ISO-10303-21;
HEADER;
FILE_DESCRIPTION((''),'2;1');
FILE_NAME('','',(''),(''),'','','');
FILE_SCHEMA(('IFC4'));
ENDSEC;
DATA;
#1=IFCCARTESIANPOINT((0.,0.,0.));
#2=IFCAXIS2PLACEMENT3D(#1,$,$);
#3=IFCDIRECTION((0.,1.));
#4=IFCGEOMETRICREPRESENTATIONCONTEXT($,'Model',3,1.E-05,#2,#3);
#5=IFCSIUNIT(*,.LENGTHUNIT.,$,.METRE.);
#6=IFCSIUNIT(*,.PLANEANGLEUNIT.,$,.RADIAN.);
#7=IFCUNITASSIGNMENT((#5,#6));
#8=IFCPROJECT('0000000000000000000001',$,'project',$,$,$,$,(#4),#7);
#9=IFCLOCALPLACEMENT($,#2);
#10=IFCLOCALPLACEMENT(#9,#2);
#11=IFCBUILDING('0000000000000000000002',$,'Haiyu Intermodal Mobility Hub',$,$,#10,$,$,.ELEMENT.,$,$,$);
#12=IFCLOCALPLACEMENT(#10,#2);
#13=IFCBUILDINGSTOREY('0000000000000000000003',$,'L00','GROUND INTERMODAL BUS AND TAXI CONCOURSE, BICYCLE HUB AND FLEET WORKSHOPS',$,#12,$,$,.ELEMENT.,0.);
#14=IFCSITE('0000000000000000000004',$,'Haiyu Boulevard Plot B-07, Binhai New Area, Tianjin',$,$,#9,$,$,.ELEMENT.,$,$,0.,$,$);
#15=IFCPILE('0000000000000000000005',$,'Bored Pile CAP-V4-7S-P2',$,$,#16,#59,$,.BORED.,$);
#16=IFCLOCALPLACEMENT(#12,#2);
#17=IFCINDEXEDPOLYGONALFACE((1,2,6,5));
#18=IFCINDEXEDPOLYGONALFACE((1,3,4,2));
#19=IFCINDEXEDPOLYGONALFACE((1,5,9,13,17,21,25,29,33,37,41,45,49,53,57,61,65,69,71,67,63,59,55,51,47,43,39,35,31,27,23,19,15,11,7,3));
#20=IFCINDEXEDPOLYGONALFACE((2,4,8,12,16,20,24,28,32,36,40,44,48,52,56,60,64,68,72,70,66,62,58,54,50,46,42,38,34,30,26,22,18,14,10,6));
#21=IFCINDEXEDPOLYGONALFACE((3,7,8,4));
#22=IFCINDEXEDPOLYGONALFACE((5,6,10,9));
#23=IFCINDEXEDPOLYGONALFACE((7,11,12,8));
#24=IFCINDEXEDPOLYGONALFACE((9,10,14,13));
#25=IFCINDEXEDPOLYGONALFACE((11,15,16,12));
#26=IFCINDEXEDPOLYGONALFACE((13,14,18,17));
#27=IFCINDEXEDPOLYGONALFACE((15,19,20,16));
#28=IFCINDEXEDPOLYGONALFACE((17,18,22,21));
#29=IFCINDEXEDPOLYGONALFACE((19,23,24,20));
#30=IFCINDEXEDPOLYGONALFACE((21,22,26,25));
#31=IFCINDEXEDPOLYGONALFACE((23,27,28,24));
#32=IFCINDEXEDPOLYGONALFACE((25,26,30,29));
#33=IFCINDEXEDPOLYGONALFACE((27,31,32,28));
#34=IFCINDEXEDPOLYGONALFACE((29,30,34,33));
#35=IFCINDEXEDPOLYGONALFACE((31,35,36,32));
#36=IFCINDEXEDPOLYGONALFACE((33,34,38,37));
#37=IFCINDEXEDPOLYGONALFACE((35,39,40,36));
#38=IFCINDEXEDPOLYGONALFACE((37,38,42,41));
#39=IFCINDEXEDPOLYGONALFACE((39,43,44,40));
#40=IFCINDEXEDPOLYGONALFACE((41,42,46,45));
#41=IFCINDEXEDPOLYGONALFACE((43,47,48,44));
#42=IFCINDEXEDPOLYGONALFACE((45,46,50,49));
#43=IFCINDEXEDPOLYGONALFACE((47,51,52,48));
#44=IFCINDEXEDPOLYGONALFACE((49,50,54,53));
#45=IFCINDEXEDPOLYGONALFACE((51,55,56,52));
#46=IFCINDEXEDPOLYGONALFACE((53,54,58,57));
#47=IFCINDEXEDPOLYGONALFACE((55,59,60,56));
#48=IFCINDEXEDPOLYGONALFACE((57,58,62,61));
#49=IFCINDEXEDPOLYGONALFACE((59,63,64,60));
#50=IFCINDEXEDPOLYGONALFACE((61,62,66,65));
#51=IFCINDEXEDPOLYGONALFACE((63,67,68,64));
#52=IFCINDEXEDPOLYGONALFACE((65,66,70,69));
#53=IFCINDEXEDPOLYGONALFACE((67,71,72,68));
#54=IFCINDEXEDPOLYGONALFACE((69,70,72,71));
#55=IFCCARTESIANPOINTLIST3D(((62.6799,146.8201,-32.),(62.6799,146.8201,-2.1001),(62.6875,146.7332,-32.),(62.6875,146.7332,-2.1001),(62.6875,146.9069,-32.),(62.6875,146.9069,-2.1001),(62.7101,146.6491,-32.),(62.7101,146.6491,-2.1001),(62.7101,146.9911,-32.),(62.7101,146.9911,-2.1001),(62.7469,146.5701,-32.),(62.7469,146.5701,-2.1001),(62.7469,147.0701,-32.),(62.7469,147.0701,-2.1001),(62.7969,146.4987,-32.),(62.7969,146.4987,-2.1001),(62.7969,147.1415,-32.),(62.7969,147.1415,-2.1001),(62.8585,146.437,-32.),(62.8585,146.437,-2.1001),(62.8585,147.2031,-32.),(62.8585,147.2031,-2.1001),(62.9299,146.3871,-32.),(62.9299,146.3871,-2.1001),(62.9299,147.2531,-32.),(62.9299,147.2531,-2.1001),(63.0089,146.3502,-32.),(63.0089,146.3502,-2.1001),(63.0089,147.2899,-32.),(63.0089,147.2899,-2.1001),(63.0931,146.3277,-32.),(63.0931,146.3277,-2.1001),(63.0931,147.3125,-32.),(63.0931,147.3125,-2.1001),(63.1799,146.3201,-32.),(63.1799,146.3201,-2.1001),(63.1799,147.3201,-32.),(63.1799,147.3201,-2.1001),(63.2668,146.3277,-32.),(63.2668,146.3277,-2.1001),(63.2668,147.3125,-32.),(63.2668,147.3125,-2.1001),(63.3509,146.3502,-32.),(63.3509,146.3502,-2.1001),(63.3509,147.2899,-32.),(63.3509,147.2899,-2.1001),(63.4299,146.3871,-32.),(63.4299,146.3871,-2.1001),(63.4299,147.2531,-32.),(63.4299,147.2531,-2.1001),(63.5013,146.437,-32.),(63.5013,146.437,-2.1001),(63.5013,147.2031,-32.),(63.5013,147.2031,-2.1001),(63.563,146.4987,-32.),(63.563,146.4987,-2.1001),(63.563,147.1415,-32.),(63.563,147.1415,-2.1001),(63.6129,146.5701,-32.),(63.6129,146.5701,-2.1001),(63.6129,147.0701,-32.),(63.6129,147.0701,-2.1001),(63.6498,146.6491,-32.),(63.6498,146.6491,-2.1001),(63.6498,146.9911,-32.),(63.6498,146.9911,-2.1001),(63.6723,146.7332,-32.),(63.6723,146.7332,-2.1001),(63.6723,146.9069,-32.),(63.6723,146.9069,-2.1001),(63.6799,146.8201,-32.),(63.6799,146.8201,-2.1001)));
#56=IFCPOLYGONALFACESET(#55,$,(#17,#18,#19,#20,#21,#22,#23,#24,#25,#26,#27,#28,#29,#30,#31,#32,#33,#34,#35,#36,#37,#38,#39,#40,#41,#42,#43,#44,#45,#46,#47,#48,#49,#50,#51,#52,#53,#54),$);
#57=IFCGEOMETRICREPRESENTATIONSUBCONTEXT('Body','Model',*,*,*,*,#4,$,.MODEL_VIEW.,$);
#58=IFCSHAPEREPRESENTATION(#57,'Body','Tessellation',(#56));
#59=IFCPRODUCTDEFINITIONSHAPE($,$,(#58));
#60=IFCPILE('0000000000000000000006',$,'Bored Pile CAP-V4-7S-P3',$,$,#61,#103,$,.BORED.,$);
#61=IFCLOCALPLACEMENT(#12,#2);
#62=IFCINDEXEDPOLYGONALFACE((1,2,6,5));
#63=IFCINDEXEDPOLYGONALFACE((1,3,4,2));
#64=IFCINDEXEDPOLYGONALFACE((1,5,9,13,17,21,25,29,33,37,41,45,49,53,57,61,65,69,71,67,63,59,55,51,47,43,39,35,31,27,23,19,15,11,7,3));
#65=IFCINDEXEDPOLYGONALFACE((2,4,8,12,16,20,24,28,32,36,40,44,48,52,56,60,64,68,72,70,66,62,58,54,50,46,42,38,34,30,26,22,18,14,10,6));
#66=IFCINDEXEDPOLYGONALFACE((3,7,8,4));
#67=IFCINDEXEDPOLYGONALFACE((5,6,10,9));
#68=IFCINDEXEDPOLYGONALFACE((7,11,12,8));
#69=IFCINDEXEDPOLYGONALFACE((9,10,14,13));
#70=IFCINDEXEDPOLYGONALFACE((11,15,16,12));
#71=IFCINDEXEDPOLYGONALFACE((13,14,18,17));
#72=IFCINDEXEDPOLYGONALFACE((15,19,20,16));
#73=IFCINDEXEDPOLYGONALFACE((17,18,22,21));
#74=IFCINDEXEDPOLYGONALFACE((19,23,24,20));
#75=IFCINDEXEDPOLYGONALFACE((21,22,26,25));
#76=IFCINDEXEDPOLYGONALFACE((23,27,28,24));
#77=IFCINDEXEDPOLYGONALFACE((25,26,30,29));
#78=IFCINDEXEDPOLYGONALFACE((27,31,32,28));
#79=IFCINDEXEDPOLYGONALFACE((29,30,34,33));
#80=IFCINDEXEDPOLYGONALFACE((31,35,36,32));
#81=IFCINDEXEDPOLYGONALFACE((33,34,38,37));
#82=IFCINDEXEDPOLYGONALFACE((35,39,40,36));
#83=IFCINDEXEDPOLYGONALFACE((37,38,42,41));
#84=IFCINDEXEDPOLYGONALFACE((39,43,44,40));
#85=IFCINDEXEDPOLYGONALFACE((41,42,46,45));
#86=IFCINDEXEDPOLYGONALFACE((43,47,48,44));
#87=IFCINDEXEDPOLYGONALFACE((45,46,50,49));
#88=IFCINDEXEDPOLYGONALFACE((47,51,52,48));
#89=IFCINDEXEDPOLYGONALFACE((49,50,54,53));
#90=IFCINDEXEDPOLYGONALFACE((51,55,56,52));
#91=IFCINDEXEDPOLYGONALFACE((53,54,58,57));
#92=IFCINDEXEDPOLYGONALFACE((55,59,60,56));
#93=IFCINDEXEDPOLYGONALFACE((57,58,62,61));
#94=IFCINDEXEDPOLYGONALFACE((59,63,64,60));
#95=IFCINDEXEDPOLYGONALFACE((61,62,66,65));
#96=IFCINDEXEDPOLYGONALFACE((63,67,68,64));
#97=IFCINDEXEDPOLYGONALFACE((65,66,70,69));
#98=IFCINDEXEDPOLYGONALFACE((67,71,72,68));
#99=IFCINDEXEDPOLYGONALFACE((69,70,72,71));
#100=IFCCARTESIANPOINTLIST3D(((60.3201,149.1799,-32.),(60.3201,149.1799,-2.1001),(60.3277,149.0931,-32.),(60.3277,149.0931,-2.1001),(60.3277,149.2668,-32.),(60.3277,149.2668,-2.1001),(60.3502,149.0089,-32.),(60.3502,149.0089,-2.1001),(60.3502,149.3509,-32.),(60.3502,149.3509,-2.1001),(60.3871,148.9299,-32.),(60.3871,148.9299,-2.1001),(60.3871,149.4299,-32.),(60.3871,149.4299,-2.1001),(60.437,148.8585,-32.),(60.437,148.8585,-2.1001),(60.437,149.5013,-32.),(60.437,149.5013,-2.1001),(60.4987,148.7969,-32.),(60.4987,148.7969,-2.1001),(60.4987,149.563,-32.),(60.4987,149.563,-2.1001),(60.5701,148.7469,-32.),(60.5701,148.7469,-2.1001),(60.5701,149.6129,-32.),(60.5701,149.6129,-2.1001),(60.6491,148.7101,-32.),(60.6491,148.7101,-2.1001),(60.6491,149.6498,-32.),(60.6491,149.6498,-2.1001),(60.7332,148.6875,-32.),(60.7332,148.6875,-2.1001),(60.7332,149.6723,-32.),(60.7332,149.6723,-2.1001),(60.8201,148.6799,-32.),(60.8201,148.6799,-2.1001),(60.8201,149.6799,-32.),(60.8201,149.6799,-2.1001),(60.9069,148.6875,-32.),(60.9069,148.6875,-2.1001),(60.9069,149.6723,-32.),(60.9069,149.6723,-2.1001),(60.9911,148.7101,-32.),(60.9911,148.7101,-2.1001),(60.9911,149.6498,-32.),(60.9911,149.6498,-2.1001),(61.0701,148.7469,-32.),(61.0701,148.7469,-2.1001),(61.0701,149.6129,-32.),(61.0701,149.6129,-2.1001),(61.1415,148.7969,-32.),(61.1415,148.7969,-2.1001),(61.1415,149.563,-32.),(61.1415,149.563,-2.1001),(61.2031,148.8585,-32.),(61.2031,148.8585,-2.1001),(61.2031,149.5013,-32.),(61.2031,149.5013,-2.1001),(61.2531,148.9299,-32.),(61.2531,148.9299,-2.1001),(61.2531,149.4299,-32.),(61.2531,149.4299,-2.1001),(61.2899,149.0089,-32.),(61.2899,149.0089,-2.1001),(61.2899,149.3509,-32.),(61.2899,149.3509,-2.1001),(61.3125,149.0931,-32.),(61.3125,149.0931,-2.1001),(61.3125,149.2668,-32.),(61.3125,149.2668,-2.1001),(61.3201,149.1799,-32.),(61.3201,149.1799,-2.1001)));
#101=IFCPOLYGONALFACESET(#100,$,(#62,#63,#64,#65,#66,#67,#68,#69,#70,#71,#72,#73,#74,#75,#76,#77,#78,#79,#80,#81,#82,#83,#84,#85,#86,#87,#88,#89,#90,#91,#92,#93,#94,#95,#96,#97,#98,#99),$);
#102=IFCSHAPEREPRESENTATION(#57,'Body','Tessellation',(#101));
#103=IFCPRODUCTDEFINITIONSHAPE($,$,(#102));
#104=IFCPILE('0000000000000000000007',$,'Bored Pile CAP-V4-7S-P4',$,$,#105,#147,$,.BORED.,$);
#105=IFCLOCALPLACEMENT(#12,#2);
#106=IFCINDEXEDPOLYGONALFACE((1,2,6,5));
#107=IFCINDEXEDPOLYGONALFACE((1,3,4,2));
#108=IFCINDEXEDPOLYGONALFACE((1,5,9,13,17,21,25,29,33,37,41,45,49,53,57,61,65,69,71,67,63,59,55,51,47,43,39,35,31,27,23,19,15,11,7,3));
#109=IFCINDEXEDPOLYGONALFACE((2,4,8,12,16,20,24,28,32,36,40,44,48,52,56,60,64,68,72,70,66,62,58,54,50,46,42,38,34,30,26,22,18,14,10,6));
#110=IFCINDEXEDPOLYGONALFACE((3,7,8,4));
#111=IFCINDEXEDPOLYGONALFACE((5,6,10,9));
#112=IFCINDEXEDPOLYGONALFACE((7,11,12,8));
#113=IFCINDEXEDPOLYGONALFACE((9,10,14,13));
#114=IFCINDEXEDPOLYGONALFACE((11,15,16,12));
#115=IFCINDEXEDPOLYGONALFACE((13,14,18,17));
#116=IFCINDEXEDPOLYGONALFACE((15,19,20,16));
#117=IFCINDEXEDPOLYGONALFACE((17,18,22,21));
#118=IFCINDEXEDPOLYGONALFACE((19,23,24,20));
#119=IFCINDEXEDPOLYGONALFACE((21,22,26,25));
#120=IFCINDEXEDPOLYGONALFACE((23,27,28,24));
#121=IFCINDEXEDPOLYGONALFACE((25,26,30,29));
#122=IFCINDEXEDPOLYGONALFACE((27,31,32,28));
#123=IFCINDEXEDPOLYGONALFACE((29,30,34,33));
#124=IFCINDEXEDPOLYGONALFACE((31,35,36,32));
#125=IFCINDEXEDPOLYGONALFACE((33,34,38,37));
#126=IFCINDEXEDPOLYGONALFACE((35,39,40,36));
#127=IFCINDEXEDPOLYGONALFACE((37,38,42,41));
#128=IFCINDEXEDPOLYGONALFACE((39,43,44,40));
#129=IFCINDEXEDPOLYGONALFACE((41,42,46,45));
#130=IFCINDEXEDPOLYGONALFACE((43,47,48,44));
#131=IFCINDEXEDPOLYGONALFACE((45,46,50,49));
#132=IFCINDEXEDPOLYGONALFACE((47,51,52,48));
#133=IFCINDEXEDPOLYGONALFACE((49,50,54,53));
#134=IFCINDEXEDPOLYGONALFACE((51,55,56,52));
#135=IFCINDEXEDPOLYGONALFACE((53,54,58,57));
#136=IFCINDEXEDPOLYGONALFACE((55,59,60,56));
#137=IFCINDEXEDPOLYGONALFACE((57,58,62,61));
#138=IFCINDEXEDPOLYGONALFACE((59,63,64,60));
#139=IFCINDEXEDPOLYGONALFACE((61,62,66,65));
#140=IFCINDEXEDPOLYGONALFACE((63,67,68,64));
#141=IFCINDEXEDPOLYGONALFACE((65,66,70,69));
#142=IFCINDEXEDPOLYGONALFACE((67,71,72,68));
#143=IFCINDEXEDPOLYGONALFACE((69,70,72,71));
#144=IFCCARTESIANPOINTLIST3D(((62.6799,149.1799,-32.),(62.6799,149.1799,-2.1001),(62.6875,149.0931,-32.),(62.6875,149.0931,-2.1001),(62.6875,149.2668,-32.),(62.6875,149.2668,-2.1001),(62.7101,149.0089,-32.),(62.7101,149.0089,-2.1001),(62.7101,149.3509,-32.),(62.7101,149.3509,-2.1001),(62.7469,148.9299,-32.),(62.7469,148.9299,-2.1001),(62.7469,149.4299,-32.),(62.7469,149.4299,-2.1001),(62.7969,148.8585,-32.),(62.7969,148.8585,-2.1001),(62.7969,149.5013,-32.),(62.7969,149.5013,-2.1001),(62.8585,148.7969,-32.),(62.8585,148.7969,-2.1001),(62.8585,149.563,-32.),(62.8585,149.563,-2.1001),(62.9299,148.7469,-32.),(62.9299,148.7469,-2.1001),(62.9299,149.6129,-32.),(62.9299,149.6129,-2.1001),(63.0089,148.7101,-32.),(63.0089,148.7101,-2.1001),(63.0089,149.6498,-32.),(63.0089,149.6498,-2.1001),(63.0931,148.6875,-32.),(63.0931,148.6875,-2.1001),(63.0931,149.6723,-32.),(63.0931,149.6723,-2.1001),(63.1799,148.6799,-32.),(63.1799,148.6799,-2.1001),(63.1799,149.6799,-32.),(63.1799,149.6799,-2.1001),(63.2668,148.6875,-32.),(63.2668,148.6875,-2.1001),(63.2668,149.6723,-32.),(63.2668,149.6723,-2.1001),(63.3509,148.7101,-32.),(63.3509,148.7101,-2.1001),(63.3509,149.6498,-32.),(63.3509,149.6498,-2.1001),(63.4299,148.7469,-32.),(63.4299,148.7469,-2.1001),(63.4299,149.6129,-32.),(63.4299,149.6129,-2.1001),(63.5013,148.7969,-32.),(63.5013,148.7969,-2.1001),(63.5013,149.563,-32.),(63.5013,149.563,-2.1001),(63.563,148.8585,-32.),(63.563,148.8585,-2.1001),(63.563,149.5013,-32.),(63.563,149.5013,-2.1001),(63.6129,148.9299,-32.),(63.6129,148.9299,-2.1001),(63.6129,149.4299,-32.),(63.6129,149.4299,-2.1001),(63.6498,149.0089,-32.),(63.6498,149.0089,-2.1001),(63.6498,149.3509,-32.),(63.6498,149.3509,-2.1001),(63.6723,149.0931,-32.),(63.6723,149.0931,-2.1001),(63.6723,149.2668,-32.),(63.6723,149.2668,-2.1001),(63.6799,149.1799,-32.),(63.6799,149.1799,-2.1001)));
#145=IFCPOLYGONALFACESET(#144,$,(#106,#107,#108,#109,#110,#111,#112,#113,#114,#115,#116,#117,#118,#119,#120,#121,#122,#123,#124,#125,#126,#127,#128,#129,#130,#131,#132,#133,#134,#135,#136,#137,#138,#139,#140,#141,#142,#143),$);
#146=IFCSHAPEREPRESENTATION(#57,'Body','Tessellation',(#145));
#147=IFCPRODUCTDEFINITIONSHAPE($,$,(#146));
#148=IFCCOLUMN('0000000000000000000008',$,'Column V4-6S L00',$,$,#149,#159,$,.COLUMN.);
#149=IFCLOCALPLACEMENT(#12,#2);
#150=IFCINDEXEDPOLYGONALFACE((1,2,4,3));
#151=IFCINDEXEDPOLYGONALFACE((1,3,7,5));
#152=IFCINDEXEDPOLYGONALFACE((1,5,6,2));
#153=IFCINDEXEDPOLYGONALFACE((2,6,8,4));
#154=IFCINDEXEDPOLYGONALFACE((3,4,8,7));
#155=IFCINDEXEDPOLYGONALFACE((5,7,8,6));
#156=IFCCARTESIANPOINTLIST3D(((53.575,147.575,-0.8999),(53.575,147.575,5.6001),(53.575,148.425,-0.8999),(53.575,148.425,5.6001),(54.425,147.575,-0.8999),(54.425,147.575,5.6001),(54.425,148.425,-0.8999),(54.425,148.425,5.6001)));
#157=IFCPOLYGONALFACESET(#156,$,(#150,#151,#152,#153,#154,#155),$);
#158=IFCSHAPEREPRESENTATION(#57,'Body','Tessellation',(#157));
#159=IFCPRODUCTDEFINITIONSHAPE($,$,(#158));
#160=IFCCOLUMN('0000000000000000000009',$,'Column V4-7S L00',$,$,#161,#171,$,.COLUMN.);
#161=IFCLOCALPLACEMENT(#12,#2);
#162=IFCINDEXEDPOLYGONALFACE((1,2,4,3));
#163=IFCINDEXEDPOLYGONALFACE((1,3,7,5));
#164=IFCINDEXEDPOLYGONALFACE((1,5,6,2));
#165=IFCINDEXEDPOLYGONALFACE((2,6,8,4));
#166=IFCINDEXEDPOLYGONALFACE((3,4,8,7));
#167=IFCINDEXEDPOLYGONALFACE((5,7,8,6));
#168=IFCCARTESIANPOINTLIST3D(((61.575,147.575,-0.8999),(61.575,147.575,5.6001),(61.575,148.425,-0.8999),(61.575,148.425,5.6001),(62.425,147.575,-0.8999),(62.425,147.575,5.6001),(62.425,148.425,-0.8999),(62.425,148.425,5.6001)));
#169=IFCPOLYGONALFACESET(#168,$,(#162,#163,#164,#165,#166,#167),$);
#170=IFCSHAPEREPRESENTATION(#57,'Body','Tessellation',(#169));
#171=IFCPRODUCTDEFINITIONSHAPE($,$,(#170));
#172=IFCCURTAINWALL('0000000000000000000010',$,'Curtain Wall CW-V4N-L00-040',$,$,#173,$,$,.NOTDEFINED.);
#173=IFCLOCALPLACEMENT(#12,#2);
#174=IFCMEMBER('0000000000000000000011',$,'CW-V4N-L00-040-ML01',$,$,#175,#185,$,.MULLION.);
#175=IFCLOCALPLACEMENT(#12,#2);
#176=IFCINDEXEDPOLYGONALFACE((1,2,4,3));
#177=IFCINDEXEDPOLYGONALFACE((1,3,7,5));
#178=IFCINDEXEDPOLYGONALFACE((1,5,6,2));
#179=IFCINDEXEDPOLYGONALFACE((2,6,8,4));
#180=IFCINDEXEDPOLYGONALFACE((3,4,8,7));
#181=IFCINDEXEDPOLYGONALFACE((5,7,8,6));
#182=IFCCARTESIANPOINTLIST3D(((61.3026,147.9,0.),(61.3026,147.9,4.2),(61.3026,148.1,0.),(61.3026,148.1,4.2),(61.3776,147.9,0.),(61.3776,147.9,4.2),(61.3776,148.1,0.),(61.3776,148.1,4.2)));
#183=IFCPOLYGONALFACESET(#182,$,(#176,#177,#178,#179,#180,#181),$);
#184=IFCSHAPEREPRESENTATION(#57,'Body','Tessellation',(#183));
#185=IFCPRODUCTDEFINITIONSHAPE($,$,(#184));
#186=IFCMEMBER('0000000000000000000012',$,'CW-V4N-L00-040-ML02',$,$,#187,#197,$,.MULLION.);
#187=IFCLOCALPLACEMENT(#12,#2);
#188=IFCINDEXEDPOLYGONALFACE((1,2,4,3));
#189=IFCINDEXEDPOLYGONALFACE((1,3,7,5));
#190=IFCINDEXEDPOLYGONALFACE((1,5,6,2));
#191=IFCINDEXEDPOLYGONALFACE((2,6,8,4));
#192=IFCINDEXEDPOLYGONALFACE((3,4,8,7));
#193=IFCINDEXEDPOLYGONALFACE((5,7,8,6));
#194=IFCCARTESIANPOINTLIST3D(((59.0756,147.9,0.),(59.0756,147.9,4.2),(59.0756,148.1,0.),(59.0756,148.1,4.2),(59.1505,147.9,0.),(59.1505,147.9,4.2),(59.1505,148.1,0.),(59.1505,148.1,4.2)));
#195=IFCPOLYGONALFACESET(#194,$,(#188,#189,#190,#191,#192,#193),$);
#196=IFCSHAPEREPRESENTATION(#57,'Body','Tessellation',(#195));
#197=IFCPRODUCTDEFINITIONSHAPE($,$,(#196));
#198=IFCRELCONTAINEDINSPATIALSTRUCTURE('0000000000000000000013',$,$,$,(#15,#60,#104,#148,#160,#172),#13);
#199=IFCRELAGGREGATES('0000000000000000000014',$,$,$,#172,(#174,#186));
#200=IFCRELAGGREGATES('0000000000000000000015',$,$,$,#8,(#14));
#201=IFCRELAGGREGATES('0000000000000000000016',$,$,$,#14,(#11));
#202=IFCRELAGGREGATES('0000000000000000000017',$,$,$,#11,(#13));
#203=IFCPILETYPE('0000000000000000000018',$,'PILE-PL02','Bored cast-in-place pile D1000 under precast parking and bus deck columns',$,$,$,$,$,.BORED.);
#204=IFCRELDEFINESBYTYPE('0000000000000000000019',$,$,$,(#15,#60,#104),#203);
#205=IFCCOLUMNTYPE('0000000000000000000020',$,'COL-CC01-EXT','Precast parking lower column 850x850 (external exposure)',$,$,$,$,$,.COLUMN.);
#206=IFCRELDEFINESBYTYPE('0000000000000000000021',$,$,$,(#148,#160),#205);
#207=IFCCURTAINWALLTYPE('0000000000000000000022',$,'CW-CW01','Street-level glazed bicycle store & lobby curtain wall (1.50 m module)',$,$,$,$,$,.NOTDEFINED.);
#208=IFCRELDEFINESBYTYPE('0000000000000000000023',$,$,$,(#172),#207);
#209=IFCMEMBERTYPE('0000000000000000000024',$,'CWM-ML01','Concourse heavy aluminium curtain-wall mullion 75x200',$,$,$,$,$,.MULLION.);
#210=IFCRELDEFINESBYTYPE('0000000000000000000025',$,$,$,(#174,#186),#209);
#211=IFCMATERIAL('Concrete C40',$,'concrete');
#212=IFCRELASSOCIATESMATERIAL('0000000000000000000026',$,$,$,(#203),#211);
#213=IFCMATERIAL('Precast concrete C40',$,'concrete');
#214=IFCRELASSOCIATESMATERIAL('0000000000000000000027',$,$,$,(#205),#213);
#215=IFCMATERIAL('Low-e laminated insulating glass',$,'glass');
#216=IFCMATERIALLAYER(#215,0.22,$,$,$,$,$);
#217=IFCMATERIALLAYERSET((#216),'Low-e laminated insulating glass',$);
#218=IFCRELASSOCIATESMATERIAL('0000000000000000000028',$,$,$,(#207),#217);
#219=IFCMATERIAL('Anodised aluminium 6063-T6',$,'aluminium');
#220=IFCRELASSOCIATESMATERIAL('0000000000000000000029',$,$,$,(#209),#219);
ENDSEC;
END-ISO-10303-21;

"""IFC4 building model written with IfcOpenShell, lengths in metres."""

from ifc_helpers import new_model, si_unit, direction, frame, origin, origin_2d, place, context, subcontext, project, spatial, rectangle, circle, extrude, material, layer, layer_set, material_profile, profile_set, type_object, element, aggregate, save


model = new_model("IFC4")

# Units and contexts
model_context = context("Model", 3, precision=1e-05, world=origin(), true_north=direction((0.0, 1.0)))
body_context = subcontext(model_context, "Body", "Model", "MODEL_VIEW")
ifc_project = project(units=[si_unit("LENGTHUNIT", "METRE"), si_unit("PLANEANGLEUNIT", "RADIAN")], contexts=[model_context])

# Site, building, storey
site_placement = place(None, origin())
site = spatial("IfcSite", under=ifc_project, at=site_placement, Name="Haiyu Boulevard Plot B-07, Binhai New Area, Tianjin", CompositionType="ELEMENT", RefElevation=0.0)
building_placement = place(site_placement, origin())
building = spatial("IfcBuilding", under=site, at=building_placement, Name="Haiyu Intermodal Mobility Hub", CompositionType="ELEMENT")
storey_placement = place(building_placement, origin())
storey = spatial("IfcBuildingStorey", under=building, at=storey_placement, Name="L00", Description="GROUND INTERMODAL BUS AND TAXI CONCOURSE, BICYCLE HUB AND FLEET WORKSHOPS", CompositionType="ELEMENT", Elevation=0.0)

# Shared definitions
ifc_material_1 = material(Name="Concrete C40", Category="concrete")

# Piles
ifc_material_profile_1 = material_profile(ifc_material_1, circle(Radius=0.5, at=origin_2d()), Name="PILE-D1000")
ifc_profile_set_1 = profile_set([ifc_material_profile_1], Name="Concrete C40")
pile_type = type_object("IfcPileType", Name="PILE-PL02", Description="Bored cast-in-place pile D1000 under precast parking and bus deck columns", PredefinedType="BORED", material=ifc_profile_set_1)
for number, where, z_axis, x_axis, name in (
    (1, (63.1799, 146.8201, -2.1001), (0.0, 0.0, -1.0), (1.0, 0.0, 0.0), "Bored Pile CAP-V4-7S-P2"),
    (2, (60.8201, 149.1799, -2.1001), (0.0, 0.0, -1.0), (1.0, 0.0, 0.0), "Bored Pile CAP-V4-7S-P3"),
    (3, (63.1799, 149.1799, -2.1001), (0.0, 0.0, -1.0), (1.0, 0.0, 0.0), "Bored Pile CAP-V4-7S-P4"),
):
    element("IfcPile", number, at=place(storey_placement, frame(where, z_axis=z_axis, x_axis=x_axis)), inside=storey, type_object=pile_type, Name=name, PredefinedType="BORED", context=body_context, shape_type="SweptSolid", body=[
        extrude(circle(Radius=0.5, at=origin_2d()), origin(), (0.0, 0.0, 1.0), 29.8999),
    ])

# Columns
ifc_material_2 = material(Name="Precast concrete C40", Category="concrete")
ifc_material_profile_2 = material_profile(ifc_material_2, rectangle(XDim=0.8501, YDim=0.8501, at=origin_2d()), Name="RC850x850")
ifc_profile_set_2 = profile_set([ifc_material_profile_2], Name="Precast concrete C40")
column_type = type_object("IfcColumnType", Name="COL-CC01-EXT", Description="Precast parking lower column 850x850 (external exposure)", PredefinedType="COLUMN", material=ifc_profile_set_2)
for number, where, z_axis, x_axis, name in (
    (4, (54.0, 148.0, -0.8999), (0.0, 0.0, 1.0), (1.0, 0.0, 0.0), "Column V4-6S L00"),
    (5, (62.0, 148.0, -0.8999), (0.0, 0.0, 1.0), (1.0, 0.0, 0.0), "Column V4-7S L00"),
):
    element("IfcColumn", number, at=place(storey_placement, frame(where, z_axis=z_axis, x_axis=x_axis)), inside=storey, type_object=column_type, Name=name, PredefinedType="COLUMN", context=body_context, shape_type="SweptSolid", body=[
        extrude(rectangle(XDim=0.8501, YDim=0.8501, at=origin_2d()), origin(), (0.0, 0.0, 1.0), 6.5),
    ])

# Curtain wall, members
ifc_material_3 = material(Name="Low-e laminated insulating glass", Category="glass")
ifc_layer_1 = layer(ifc_material_3, 0.22)
ifc_layer_set_1 = layer_set([ifc_layer_1], Name="Low-e laminated insulating glass")
curtain_wall_type = type_object("IfcCurtainWallType", Name="CW-CW01", Description="Street-level glazed bicycle store & lobby curtain wall (1.50 m module)", PredefinedType="NOTDEFINED", material=ifc_layer_set_1)
curtain_wall_1_placement = place(storey_placement, origin())
curtain_wall_1 = element("IfcCurtainWall", 6, at=curtain_wall_1_placement, inside=storey, type_object=curtain_wall_type, Name="Curtain Wall CW-V4N-L00-040", PredefinedType="NOTDEFINED")
ifc_material_4 = material(Name="Anodised aluminium 6063-T6", Category="aluminium")
ifc_material_profile_3 = material_profile(ifc_material_4, rectangle(XDim=0.075, YDim=0.2, at=origin_2d()), Name="ALU75x200")
ifc_profile_set_3 = profile_set([ifc_material_profile_3], Name="Anodised aluminium 6063-T6")
member_type_1 = type_object("IfcMemberType", Name="CWM-ML01", Description="Concourse heavy aluminium curtain-wall mullion 75x200", PredefinedType="MULLION", material=ifc_profile_set_3)
member_1_placement = place(storey_placement, frame((61.3401, 148.0, 0.0), z_axis=(0.0, 0.0, 1.0), x_axis=(1.0, 0.0, 0.0)))
member_1 = element("IfcMember", 7, at=member_1_placement, type_object=member_type_1, Name="CW-V4N-L00-040-ML01", PredefinedType="MULLION", context=body_context, shape_type="SweptSolid", body=[
    extrude(rectangle(XDim=0.075, YDim=0.2, at=origin_2d()), origin(), (0.0, 0.0, 1.0), 4.2),
])
member_2_placement = place(storey_placement, frame((59.113, 148.0, 0.0), z_axis=(0.0, 0.0, 1.0), x_axis=(1.0, 0.0, 0.0)))
member_2 = element("IfcMember", 8, at=member_2_placement, type_object=member_type_1, Name="CW-V4N-L00-040-ML02", PredefinedType="MULLION", context=body_context, shape_type="SweptSolid", body=[
    extrude(rectangle(XDim=0.075, YDim=0.2, at=origin_2d()), origin(), (0.0, 0.0, 1.0), 4.2),
])

aggregate(curtain_wall_1, [member_1, member_2])

save(model, "model.ifc")
